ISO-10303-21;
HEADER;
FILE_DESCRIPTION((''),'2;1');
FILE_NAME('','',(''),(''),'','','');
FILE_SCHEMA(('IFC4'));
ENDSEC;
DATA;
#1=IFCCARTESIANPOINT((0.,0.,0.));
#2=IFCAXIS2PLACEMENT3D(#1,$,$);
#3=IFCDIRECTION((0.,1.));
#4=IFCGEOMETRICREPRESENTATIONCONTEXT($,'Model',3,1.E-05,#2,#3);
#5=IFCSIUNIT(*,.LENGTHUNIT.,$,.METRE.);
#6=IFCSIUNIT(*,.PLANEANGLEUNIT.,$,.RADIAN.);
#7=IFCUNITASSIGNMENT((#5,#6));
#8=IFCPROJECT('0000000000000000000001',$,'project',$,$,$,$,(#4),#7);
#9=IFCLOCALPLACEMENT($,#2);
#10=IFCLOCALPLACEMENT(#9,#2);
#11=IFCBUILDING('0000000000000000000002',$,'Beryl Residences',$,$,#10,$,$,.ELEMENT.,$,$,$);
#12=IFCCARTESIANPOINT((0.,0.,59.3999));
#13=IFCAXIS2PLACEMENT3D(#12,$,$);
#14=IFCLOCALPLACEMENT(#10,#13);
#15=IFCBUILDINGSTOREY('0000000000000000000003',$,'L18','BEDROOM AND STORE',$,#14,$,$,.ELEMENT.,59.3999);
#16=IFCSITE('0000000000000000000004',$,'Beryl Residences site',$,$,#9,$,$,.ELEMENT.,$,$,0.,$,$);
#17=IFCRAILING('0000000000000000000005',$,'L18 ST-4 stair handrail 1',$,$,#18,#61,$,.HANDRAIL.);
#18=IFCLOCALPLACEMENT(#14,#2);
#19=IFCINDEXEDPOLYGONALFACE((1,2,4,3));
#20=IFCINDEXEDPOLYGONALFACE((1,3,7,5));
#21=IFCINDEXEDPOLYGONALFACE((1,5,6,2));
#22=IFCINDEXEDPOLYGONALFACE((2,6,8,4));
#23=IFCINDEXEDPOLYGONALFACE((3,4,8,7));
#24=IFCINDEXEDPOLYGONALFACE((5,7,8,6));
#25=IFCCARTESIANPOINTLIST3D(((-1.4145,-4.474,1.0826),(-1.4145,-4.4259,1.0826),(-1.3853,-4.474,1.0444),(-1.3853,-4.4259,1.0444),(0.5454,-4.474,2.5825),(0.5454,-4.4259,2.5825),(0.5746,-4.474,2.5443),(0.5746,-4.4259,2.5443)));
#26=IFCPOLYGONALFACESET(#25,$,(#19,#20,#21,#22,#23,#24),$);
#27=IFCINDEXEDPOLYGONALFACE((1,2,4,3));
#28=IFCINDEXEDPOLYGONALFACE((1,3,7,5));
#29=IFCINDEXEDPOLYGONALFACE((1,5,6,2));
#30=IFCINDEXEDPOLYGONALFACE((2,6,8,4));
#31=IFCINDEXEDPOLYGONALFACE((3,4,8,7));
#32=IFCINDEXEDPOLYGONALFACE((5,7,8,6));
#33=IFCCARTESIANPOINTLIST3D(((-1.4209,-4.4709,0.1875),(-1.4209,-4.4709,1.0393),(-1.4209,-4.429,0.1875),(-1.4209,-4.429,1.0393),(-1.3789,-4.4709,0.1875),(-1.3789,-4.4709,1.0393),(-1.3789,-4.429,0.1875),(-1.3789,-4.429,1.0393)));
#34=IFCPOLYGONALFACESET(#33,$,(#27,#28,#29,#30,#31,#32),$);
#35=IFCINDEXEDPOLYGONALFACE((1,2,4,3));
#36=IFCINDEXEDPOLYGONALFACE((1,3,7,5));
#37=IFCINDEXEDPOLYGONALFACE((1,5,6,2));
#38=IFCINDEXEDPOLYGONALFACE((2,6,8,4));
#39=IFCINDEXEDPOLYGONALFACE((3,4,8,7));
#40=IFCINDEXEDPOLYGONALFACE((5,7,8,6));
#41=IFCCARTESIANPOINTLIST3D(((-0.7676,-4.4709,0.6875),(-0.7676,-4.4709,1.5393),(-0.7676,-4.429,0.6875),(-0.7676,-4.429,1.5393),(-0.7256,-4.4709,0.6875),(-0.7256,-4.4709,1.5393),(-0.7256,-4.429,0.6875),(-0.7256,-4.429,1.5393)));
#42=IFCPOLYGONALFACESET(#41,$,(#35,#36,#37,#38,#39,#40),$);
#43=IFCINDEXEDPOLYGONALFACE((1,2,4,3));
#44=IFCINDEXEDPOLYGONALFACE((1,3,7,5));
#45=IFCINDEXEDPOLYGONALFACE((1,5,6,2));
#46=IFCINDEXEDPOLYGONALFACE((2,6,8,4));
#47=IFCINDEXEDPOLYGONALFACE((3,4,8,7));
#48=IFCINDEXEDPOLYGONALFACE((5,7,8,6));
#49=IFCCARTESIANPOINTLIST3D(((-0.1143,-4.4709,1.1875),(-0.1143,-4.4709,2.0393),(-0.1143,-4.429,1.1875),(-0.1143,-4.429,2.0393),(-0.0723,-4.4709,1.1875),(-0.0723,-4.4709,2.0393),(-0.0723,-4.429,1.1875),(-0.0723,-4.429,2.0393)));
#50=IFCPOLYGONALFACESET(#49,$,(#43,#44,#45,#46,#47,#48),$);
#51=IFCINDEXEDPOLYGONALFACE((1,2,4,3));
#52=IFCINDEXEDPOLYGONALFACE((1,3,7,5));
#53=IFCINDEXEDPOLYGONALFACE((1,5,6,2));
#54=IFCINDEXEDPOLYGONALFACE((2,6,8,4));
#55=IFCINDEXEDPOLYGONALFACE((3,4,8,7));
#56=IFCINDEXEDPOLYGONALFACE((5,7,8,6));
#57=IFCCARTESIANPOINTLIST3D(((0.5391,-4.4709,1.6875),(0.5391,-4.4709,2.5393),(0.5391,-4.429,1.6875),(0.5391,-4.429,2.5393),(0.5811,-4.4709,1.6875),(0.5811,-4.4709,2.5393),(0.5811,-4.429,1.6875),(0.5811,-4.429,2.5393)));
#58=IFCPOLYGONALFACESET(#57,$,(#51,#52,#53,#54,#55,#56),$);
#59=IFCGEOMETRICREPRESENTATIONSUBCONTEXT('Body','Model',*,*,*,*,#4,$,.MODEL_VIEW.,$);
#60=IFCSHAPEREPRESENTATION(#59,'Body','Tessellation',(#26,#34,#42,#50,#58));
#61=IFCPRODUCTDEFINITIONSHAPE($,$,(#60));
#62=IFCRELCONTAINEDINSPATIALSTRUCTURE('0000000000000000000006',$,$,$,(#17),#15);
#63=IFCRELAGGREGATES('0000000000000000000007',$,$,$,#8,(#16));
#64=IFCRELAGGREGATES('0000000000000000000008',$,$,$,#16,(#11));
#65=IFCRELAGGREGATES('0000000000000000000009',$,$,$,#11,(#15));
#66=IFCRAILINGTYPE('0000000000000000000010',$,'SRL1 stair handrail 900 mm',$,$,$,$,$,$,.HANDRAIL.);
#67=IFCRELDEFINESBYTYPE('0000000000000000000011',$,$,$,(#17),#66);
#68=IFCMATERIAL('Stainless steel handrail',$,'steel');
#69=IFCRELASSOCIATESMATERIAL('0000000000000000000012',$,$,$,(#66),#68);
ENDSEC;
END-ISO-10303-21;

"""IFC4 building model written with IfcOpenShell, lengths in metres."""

from ifc_helpers import new_model, si_unit, direction, frame, origin, origin_2d, place, context, subcontext, project, spatial, rectangle, extrude, material, type_object, element, save


model = new_model("IFC4")

# Units and contexts
model_context = context("Model", 3, precision=1e-05, world=origin(), true_north=direction((0.0, 1.0)))
body_context = subcontext(model_context, "Body", "Model", "MODEL_VIEW")
ifc_project = project(units=[si_unit("LENGTHUNIT", "METRE"), si_unit("PLANEANGLEUNIT", "RADIAN")], contexts=[model_context])

# Site, building, storey
site_placement = place(None, origin())
site = spatial("IfcSite", under=ifc_project, at=site_placement, Name="Beryl Residences site", CompositionType="ELEMENT", RefElevation=0.0)
building_placement = place(site_placement, origin())
building = spatial("IfcBuilding", under=site, at=building_placement, Name="Beryl Residences", CompositionType="ELEMENT")
storey_placement = place(building_placement, frame((0.0, 0.0, 59.3999)))
storey = spatial("IfcBuildingStorey", under=building, at=storey_placement, Name="L18", Description="BEDROOM AND STORE", CompositionType="ELEMENT", Elevation=59.3999)

# Railing
ifc_material_1 = material(Name="Stainless steel handrail", Category="steel")
railing_type_1 = type_object("IfcRailingType", Name="SRL1 stair handrail 900 mm", PredefinedType="HANDRAIL", material=ifc_material_1)
for number, where, name in (
    (1, (-1.3999, -4.45, 0.1875), "L18 ST-4 stair handrail 1"),
):
    element("IfcRailing", number, at=place(storey_placement, frame(where)), inside=storey, type_object=railing_type_1, Name=name, PredefinedType="HANDRAIL", context=body_context, shape_type="SweptSolid", body=[
        extrude(rectangle(XDim=0.0481, YDim=0.0481, at=origin_2d()), frame((0.0, 0.0, 0.876), z_axis=(0.794122, 0.0, 0.607758), x_axis=(0.0, 1.0, 0.0)), (0.0, 0.0, 1.0), 2.468),
        extrude(rectangle(XDim=0.042, YDim=0.042, at=origin_2d()), origin(), (0.0, 0.0, 1.0), 0.8518),
        extrude(rectangle(XDim=0.042, YDim=0.042, at=origin_2d()), frame((0.6533, 0.0, 0.5)), (0.0, 0.0, 1.0), 0.8518),
        extrude(rectangle(XDim=0.042, YDim=0.042, at=origin_2d()), frame((1.3066, 0.0, 1.0)), (0.0, 0.0, 1.0), 0.8518),
        extrude(rectangle(XDim=0.042, YDim=0.042, at=origin_2d()), frame((1.96, 0.0, 1.5)), (0.0, 0.0, 1.0), 0.8518),
    ])

save(model, "model.ifc")
